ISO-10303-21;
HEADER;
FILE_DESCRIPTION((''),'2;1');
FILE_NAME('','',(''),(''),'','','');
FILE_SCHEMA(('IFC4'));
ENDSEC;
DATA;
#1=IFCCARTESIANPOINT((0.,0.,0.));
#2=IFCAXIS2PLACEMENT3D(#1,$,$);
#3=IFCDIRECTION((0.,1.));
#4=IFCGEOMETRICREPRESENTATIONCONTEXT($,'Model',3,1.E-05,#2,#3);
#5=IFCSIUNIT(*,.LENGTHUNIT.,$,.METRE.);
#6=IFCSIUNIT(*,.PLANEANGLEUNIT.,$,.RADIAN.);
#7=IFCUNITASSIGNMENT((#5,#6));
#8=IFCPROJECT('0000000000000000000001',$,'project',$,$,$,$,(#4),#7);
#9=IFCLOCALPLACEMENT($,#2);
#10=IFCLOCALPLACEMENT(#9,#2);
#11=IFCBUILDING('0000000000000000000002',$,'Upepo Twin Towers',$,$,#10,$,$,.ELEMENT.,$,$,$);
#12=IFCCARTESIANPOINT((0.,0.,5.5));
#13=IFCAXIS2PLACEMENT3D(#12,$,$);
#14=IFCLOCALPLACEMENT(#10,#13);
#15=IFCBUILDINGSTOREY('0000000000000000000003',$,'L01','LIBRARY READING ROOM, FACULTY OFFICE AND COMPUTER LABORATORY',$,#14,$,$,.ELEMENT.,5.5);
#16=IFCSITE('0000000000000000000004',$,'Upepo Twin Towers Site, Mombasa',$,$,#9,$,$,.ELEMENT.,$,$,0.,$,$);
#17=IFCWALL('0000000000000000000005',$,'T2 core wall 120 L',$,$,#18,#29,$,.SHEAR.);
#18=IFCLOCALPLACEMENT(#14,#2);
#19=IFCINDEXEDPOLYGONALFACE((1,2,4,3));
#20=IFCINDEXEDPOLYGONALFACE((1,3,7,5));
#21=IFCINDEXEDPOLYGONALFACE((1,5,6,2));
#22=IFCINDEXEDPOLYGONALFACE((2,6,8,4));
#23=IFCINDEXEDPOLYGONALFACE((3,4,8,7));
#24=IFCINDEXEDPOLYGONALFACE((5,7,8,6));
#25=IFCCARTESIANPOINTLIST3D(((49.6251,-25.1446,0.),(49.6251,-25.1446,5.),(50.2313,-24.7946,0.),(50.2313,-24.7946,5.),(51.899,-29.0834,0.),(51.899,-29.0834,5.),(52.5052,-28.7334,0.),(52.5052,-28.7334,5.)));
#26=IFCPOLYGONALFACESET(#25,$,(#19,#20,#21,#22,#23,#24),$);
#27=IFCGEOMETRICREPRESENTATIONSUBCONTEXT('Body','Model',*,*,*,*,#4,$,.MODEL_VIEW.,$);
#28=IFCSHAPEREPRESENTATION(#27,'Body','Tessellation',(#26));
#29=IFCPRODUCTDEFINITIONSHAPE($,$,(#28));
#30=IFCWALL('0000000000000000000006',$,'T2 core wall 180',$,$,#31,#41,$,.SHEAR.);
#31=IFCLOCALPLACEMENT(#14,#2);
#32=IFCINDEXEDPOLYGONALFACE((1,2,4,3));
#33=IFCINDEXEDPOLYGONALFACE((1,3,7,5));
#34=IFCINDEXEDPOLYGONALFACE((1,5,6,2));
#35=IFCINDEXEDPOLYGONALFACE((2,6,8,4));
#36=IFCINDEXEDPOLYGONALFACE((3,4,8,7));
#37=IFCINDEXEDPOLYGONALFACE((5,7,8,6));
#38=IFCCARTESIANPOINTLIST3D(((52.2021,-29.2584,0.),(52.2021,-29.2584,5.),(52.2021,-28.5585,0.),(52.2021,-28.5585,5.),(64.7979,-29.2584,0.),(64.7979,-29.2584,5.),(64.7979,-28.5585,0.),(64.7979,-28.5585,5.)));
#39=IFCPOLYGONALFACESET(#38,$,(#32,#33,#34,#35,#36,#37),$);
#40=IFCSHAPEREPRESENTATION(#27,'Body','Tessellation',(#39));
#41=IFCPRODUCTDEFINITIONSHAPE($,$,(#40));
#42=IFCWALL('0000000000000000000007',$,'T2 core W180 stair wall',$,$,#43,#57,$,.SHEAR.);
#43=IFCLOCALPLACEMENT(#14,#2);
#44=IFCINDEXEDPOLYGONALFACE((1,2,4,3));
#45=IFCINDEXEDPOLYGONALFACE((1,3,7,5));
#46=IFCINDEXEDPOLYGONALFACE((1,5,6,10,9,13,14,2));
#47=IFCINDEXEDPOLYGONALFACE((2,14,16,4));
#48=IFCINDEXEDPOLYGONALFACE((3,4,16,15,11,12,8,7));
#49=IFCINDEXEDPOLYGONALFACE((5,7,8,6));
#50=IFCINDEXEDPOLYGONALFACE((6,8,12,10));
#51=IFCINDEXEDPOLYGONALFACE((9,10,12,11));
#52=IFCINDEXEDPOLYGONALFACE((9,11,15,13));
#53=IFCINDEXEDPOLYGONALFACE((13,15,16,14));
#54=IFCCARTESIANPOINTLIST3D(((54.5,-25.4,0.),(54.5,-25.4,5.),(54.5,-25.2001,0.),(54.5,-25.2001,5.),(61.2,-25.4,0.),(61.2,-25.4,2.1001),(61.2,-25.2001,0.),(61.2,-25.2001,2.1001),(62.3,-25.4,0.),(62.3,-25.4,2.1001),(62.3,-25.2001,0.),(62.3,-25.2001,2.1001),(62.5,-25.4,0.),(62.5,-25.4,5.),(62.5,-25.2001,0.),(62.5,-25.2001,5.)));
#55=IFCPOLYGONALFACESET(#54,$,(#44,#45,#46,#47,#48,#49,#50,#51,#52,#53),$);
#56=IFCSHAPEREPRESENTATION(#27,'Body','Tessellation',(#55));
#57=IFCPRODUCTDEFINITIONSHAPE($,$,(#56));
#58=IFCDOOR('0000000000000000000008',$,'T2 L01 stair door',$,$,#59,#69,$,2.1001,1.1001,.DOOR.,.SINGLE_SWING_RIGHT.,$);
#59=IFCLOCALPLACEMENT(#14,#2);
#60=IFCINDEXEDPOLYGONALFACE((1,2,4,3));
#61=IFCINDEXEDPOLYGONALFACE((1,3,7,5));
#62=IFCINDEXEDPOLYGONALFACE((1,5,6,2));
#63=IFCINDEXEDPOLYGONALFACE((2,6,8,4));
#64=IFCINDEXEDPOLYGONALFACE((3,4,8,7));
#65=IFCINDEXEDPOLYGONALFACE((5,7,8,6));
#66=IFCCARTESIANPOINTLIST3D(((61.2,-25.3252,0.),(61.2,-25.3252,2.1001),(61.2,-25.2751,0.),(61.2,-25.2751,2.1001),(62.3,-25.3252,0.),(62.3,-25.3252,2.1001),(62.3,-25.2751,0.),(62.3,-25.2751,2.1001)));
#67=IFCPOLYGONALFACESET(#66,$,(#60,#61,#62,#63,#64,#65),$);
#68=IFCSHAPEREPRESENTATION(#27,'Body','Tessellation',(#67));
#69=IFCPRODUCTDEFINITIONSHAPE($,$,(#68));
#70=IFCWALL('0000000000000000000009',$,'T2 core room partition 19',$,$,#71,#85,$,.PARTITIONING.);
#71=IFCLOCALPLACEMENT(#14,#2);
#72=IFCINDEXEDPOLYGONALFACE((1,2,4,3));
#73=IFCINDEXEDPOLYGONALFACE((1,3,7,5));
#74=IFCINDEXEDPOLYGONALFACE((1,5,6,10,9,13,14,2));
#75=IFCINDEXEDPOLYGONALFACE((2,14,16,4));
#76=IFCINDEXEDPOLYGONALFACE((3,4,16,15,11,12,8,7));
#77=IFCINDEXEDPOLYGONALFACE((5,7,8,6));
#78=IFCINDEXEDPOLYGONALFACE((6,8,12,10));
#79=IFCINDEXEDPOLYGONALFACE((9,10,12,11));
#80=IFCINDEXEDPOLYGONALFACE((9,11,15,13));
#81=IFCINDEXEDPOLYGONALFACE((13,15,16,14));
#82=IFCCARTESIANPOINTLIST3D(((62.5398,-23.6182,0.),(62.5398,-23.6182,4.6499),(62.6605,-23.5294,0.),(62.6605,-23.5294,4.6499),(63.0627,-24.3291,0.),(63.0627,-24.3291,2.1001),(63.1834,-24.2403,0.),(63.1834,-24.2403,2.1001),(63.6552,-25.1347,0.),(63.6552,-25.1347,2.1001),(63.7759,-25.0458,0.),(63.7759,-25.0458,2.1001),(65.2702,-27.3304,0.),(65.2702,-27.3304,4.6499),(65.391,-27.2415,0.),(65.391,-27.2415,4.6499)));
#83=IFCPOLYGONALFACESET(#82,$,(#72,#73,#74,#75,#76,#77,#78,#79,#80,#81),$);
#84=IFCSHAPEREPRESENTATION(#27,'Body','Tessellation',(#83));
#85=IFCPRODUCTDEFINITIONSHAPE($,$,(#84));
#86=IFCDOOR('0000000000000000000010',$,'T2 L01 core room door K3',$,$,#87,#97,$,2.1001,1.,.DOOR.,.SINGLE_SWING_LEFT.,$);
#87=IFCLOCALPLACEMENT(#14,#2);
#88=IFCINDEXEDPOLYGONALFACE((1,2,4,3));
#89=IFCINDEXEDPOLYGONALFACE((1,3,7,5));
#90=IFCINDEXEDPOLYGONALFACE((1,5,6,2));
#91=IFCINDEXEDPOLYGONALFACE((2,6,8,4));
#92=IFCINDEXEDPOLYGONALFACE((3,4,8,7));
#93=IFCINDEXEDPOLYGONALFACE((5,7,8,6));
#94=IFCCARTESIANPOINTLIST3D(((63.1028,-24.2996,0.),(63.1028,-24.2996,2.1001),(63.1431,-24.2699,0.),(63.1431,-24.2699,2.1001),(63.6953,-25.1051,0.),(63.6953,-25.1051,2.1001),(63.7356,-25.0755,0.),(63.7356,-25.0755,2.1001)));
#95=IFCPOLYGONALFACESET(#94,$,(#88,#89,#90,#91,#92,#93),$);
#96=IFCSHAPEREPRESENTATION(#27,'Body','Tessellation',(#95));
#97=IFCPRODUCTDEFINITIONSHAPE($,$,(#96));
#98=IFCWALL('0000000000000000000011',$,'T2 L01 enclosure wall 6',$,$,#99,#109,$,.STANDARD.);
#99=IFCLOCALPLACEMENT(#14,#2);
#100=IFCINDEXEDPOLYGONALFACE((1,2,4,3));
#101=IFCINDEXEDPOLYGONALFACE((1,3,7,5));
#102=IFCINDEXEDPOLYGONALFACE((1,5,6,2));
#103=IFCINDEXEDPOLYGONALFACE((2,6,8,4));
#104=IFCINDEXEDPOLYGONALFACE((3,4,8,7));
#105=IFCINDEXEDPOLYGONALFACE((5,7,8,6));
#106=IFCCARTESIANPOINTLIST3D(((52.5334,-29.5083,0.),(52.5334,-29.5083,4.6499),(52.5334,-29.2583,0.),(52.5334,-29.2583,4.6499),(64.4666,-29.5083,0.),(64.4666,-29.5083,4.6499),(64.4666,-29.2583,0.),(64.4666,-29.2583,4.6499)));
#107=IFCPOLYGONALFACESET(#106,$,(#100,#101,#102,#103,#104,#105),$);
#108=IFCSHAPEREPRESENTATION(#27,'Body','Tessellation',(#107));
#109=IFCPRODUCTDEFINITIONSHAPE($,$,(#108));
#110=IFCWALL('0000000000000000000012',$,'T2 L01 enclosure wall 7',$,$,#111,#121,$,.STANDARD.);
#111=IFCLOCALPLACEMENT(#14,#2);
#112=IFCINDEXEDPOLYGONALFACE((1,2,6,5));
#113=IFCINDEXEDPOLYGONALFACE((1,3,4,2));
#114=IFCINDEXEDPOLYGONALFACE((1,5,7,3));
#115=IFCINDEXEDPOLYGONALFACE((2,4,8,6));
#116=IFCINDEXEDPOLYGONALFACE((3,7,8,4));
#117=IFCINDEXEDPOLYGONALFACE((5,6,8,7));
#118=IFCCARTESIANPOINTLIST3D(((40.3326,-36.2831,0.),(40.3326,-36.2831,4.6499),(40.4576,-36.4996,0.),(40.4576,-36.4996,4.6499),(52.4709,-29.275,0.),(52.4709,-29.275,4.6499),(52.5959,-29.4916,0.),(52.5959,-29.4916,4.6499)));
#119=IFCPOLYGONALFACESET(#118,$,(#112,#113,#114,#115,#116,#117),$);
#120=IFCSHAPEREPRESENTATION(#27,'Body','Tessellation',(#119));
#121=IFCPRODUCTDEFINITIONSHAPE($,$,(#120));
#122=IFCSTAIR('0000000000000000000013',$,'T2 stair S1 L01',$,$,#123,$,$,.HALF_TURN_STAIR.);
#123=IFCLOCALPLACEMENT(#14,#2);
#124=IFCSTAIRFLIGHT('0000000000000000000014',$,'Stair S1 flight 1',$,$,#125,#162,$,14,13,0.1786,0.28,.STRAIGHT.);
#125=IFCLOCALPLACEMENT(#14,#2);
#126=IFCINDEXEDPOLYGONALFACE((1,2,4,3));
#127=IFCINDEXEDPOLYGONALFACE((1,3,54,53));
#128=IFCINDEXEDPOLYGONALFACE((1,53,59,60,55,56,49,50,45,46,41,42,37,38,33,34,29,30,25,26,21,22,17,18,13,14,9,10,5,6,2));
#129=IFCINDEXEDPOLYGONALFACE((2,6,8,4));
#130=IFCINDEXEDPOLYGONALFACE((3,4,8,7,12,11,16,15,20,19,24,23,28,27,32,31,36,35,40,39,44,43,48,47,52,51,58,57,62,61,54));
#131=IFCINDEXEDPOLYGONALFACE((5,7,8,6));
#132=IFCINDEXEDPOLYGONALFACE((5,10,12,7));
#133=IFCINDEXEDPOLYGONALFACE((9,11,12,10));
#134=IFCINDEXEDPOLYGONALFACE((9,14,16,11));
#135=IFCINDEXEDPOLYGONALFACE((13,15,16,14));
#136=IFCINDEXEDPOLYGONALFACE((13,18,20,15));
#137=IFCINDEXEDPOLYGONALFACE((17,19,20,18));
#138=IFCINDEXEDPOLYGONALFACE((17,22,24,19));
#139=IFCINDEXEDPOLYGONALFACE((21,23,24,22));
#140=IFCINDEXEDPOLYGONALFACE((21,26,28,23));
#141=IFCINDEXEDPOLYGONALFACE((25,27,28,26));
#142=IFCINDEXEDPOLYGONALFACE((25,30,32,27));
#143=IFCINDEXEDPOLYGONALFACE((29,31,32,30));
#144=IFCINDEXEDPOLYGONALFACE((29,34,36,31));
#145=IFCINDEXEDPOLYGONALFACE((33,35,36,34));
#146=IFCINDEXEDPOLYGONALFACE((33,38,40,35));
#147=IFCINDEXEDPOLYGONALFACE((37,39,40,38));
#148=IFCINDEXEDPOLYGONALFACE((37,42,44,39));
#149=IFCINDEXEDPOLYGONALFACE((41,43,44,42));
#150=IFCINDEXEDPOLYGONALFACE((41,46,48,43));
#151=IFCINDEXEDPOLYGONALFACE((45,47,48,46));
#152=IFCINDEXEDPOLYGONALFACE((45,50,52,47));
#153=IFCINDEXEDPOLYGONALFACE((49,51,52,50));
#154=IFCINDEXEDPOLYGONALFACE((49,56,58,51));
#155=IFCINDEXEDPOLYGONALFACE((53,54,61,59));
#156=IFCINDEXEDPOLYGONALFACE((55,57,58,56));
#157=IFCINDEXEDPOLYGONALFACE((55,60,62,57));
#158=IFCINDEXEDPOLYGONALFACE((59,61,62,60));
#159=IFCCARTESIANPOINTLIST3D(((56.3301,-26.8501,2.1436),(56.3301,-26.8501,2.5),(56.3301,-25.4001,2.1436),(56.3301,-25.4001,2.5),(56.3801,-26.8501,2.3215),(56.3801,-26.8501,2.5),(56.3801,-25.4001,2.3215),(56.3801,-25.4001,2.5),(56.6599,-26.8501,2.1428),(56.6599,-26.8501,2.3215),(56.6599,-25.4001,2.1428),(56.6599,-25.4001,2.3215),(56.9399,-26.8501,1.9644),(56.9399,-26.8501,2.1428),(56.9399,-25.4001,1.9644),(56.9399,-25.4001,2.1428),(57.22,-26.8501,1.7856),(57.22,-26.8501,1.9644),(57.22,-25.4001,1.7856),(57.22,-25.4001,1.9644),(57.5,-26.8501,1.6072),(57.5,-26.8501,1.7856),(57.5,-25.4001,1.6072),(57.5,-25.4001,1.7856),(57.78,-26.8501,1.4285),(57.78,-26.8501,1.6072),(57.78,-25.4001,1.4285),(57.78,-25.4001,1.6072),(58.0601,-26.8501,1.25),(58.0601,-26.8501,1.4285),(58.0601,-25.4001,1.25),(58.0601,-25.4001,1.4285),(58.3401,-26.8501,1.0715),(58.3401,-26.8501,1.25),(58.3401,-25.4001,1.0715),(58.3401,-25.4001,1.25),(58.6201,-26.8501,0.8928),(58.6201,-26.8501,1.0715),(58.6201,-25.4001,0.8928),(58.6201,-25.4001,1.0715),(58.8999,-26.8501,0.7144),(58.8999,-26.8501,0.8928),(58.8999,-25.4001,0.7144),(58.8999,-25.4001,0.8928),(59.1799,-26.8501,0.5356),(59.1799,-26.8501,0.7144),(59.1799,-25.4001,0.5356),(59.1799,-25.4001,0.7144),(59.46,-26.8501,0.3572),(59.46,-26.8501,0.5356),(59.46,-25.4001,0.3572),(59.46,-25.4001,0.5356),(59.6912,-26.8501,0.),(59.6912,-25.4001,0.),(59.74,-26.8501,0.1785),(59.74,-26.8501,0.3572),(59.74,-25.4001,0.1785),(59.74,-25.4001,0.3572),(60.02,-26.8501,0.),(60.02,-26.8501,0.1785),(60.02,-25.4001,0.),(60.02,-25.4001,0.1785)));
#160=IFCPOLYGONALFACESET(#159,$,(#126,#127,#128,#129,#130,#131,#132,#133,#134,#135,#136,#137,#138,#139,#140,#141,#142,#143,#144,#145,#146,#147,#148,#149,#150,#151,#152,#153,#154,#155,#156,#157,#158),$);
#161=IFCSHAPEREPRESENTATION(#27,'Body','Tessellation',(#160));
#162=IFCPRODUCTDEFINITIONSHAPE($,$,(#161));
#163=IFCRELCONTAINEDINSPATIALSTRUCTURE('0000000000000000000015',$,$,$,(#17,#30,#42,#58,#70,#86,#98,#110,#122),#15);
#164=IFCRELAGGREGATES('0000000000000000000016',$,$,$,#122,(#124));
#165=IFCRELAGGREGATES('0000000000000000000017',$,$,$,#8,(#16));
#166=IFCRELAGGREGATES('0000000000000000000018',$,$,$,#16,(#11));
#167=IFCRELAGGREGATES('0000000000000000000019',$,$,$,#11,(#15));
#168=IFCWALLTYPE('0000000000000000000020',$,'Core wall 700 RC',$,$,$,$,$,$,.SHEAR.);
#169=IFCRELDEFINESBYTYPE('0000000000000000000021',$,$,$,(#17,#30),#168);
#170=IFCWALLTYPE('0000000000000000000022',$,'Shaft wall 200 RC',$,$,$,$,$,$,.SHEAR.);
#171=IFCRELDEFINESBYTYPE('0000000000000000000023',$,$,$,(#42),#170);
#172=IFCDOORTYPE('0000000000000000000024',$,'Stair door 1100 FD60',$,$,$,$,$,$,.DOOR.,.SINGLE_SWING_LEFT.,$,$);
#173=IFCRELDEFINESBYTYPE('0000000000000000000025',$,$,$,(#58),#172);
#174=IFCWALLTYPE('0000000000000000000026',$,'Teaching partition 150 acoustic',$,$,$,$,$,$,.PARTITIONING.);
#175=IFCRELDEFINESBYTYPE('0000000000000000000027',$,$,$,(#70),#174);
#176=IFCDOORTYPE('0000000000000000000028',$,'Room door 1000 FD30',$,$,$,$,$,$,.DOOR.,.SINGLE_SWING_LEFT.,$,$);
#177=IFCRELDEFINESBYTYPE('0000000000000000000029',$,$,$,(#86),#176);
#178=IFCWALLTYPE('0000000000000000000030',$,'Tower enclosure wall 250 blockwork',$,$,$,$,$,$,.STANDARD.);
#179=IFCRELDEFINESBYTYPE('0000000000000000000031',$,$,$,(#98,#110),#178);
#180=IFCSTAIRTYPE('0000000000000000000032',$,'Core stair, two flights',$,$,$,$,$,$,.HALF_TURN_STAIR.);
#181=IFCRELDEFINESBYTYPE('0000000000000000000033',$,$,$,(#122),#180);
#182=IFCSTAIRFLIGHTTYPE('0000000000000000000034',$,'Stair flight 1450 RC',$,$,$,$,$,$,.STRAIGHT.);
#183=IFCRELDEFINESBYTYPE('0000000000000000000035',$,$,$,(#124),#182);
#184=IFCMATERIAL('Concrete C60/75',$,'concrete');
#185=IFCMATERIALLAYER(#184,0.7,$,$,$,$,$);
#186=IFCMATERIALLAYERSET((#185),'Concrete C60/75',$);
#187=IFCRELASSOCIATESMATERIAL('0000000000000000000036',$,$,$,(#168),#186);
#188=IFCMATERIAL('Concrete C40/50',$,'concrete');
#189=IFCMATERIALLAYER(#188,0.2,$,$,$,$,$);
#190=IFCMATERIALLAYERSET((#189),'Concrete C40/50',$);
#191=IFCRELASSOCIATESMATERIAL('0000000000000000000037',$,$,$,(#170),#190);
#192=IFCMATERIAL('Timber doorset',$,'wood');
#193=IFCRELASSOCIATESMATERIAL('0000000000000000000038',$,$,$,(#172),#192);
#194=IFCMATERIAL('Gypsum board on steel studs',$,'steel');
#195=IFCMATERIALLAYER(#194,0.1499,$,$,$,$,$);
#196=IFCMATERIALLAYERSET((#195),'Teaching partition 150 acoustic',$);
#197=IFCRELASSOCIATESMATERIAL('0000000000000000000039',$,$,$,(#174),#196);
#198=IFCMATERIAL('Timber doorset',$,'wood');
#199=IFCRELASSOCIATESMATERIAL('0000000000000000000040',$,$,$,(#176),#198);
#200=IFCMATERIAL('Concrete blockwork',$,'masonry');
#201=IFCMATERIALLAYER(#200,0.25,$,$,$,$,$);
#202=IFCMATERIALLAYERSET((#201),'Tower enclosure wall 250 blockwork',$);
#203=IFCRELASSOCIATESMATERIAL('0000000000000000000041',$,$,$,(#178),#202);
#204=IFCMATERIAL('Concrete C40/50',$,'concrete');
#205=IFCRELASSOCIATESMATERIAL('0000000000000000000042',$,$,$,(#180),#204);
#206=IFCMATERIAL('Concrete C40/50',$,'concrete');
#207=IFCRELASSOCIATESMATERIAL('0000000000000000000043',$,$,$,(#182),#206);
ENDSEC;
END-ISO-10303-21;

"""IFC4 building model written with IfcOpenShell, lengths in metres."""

from ifc_helpers import new_model, si_unit, direction, frame, frame_2d, origin, place, context, subcontext, project, spatial, polyline, rectangle, outline, extrude, material, layer, layer_set, type_object, element, fill, aggregate, save


model = new_model("IFC4")

# Units and contexts
model_context = context("Model", 3, precision=1e-05, world=origin(), true_north=direction((0.0, 1.0)))
body_context = subcontext(model_context, "Body", "Model", "MODEL_VIEW")
ifc_project = project(units=[si_unit("LENGTHUNIT", "METRE"), si_unit("PLANEANGLEUNIT", "RADIAN")], contexts=[model_context])

# Site, building, storey
site_placement = place(None, origin())
site = spatial("IfcSite", under=ifc_project, at=site_placement, Name="Upepo Twin Towers Site, Mombasa", CompositionType="ELEMENT", RefElevation=0.0)
building_placement = place(site_placement, origin())
building = spatial("IfcBuilding", under=site, at=building_placement, Name="Upepo Twin Towers", CompositionType="ELEMENT")
storey_placement = place(building_placement, frame((0.0, 0.0, 5.5)))
storey = spatial("IfcBuildingStorey", under=building, at=storey_placement, Name="L01", Description="LIBRARY READING ROOM, FACULTY OFFICE AND COMPUTER LABORATORY", CompositionType="ELEMENT", Elevation=5.5)

# Walls
ifc_material_1 = material(Name="Concrete C60/75", Category="concrete")
ifc_layer_1 = layer(ifc_material_1, 0.7)
ifc_layer_set_1 = layer_set([ifc_layer_1], Name="Concrete C60/75")
wall_type_1 = type_object("IfcWallType", Name="Core wall 700 RC", PredefinedType="SHEAR", material=ifc_layer_set_1)
wall_1_placement = place(storey_placement, frame((49.9282, -24.9697, 0.0), z_axis=(0.0, 0.0, 1.0), x_axis=(0.499984, -0.866035, 0.0)))
element("IfcWall", 1, at=wall_1_placement, inside=storey, type_object=wall_type_1, Name="T2 core wall 120 L", PredefinedType="SHEAR", context=body_context, shape_type="SweptSolid", body=[
    extrude(rectangle(XDim=4.5481, YDim=0.7, at=frame_2d((2.2739, 0.0))), origin(), (0.0, 0.0, 1.0), 5.0),
])
wall_2_placement = place(storey_placement, frame((52.2021, -28.9084, 0.0), z_axis=(0.0, 0.0, 1.0), x_axis=(1.0, 0.0, 0.0)))
element("IfcWall", 2, at=wall_2_placement, inside=storey, type_object=wall_type_1, Name="T2 core wall 180", PredefinedType="SHEAR", context=body_context, shape_type="SweptSolid", body=[
    extrude(rectangle(XDim=12.5957, YDim=0.7, at=frame_2d((6.2979, 0.0))), origin(), (0.0, 0.0, 1.0), 5.0),
])

# Walls, openings, doors
ifc_material_2 = material(Name="Concrete C40/50", Category="concrete")
ifc_layer_2 = layer(ifc_material_2, 0.2)
ifc_layer_set_2 = layer_set([ifc_layer_2], Name="Concrete C40/50")
wall_type_2 = type_object("IfcWallType", Name="Shaft wall 200 RC", PredefinedType="SHEAR", material=ifc_layer_set_2)
wall_3_placement = place(storey_placement, frame((54.5, -25.3, 0.0), z_axis=(0.0, 0.0, 1.0), x_axis=(1.0, 0.0, 0.0)))
wall_3 = element("IfcWall", 3, at=wall_3_placement, inside=storey, type_object=wall_type_2, Name="T2 core W180 stair wall", PredefinedType="SHEAR", context=body_context, shape_type="SweptSolid", body=[
    extrude(rectangle(XDim=8.0, YDim=0.2, at=frame_2d((4.0, 0.0))), origin(), (0.0, 0.0, 1.0), 5.0),
])
opening_1_placement = place(wall_3_placement, frame((6.7, 0.0, 0.0)))
opening_1 = element("IfcOpeningElement", 4, at=opening_1_placement, cuts=wall_3, PredefinedType="OPENING", context=body_context, shape_type="SweptSolid", body=[
    extrude(rectangle(XDim=1.1001, YDim=2.1001, at=frame_2d((0.55, 1.05))), frame((0.0, 0.1099, 0.0), z_axis=(0.0, -1.0, 0.0), x_axis=(1.0, 0.0, 0.0)), (0.0, 0.0, 1.0), 0.22),
])
ifc_material_3 = material(Name="Timber doorset", Category="wood")
door_type_1 = type_object("IfcDoorType", Name="Stair door 1100 FD60", OperationType="SINGLE_SWING_LEFT", PredefinedType="DOOR", material=ifc_material_3)
door_1_placement = place(opening_1_placement, origin())
door_1 = element("IfcDoor", 5, at=door_1_placement, inside=storey, type_object=door_type_1, Name="T2 L01 stair door", OperationType="SINGLE_SWING_RIGHT", OverallHeight=2.1001, OverallWidth=1.1001, PredefinedType="DOOR", context=body_context, shape_type="SweptSolid", body=[
    extrude(rectangle(XDim=1.1001, YDim=2.1001, at=frame_2d((0.55, 1.05))), frame((0.0, 0.0249, 0.0), z_axis=(0.0, -1.0, 0.0), x_axis=(1.0, 0.0, 0.0)), (0.0, 0.0, 1.0), 0.05),
])
fill(opening_1, door_1)
ifc_material_4 = material(Name="Gypsum board on steel studs", Category="steel")
ifc_layer_3 = layer(ifc_material_4, 0.1499)
ifc_layer_set_3 = layer_set([ifc_layer_3], Name="Teaching partition 150 acoustic")
wall_type_3 = type_object("IfcWallType", Name="Teaching partition 150 acoustic", PredefinedType="PARTITIONING", material=ifc_layer_set_3)
wall_4_placement = place(storey_placement, frame((62.6001, -23.5737, 0.0), z_axis=(0.0, 0.0, 1.0), x_axis=(0.592523, -0.805554, 0.0)))
wall_4 = element("IfcWall", 6, at=wall_4_placement, inside=storey, type_object=wall_type_3, Name="T2 core room partition 19", PredefinedType="PARTITIONING", context=body_context, shape_type="SweptSolid", body=[
    extrude(rectangle(XDim=4.6082, YDim=0.1499, at=frame_2d((2.3042, 0.0))), origin(), (0.0, 0.0, 1.0), 4.6499),
])
opening_2_placement = place(wall_4_placement, frame((0.8826, 0.0, 0.0)))
opening_2 = element("IfcOpeningElement", 7, at=opening_2_placement, cuts=wall_4, PredefinedType="OPENING", context=body_context, shape_type="SweptSolid", body=[
    extrude(rectangle(XDim=1.0, YDim=2.1001, at=frame_2d((0.5, 1.05))), frame((0.0, 0.085, 0.0), z_axis=(0.0, -1.0, 0.0), x_axis=(1.0, 0.0, 0.0)), (0.0, 0.0, 1.0), 0.1699),
])
ifc_material_5 = material(Name="Timber doorset", Category="wood")
door_type_2 = type_object("IfcDoorType", Name="Room door 1000 FD30", OperationType="SINGLE_SWING_LEFT", PredefinedType="DOOR", material=ifc_material_5)
door_2_placement = place(opening_2_placement, origin())
door_2 = element("IfcDoor", 8, at=door_2_placement, inside=storey, type_object=door_type_2, Name="T2 L01 core room door K3", OperationType="SINGLE_SWING_LEFT", OverallHeight=2.1001, OverallWidth=1.0, PredefinedType="DOOR", context=body_context, shape_type="SweptSolid", body=[
    extrude(rectangle(XDim=1.0, YDim=2.1001, at=frame_2d((0.5, 1.05))), frame((0.0, 0.0249, 0.0), z_axis=(0.0, -1.0, 0.0), x_axis=(1.0, 0.0, 0.0)), (0.0, 0.0, 1.0), 0.05),
])
fill(opening_2, door_2)

# Walls
ifc_material_6 = material(Name="Concrete blockwork", Category="masonry")
ifc_layer_4 = layer(ifc_material_6, 0.25)
ifc_layer_set_4 = layer_set([ifc_layer_4], Name="Tower enclosure wall 250 blockwork")
wall_type_4 = type_object("IfcWallType", Name="Tower enclosure wall 250 blockwork", PredefinedType="STANDARD", material=ifc_layer_set_4)
wall_5_placement = place(storey_placement, frame((64.4666, -29.3833, 0.0), z_axis=(0.0, 0.0, 1.0), x_axis=(-1.0, 0.0, 0.0)))
element("IfcWall", 9, at=wall_5_placement, inside=storey, type_object=wall_type_4, Name="T2 L01 enclosure wall 6", PredefinedType="STANDARD", context=body_context, shape_type="SweptSolid", body=[
    extrude(rectangle(XDim=11.9331, YDim=0.25, at=frame_2d((5.9666, 0.0))), origin(), (0.0, 0.0, 1.0), 4.6499),
])
wall_6_placement = place(storey_placement, frame((52.5334, -29.3833, 0.0), z_axis=(0.0, 0.0, 1.0), x_axis=(-0.866028, -0.499996, 0.0)))
element("IfcWall", 10, at=wall_6_placement, inside=storey, type_object=wall_type_4, Name="T2 L01 enclosure wall 7", PredefinedType="STANDARD", context=body_context, shape_type="SweptSolid", body=[
    extrude(rectangle(XDim=14.0161, YDim=0.25, at=frame_2d((7.0081, 0.0))), origin(), (0.0, 0.0, 1.0), 4.6499),
])

# Stair, stair flight
ifc_material_7 = material(Name="Concrete C40/50", Category="concrete")
stair_type = type_object("IfcStairType", Name="Core stair, two flights", PredefinedType="HALF_TURN_STAIR", material=ifc_material_7)
stair_placement = place(storey_placement, origin())
stair = element("IfcStair", 11, at=stair_placement, inside=storey, type_object=stair_type, Name="T2 stair S1 L01", PredefinedType="HALF_TURN_STAIR")
ifc_material_8 = material(Name="Concrete C40/50", Category="concrete")
stair_flight_type = type_object("IfcStairFlightType", Name="Stair flight 1450 RC", PredefinedType="STRAIGHT", material=ifc_material_8)
stair_flight_1_placement = place(storey_placement, frame((60.02, -26.125, 0.0), z_axis=(0.0, 0.0, 1.0), x_axis=(-1.0, 0.0, 0.0)))
stair_flight_1 = element("IfcStairFlight", 12, at=stair_flight_1_placement, type_object=stair_flight_type, Name="Stair S1 flight 1", NumberOfRisers=14, NumberOfTreads=13, PredefinedType="STRAIGHT", RiserHeight=0.1786, TreadLength=0.28, context=body_context, shape_type="SweptSolid", body=[
    extrude(outline(polyline([(0.0, 0.0), (0.0, 0.1785), (0.28, 0.1785), (0.28, 0.3572), (0.5601, 0.3572), (0.5601, 0.5356), (0.8401, 0.5356), (0.8401, 0.7144), (1.1201, 0.7144), (1.1201, 0.8928), (1.3999, 0.8928), (1.3999, 1.0715), (1.6799, 1.0715), (1.6799, 1.25), (1.96, 1.25), (1.96, 1.4285), (2.24, 1.4285), (2.24, 1.6072), (2.52, 1.6072), (2.52, 1.7856), (2.8, 1.7856), (2.8, 1.9644), (3.0801, 1.9644), (3.0801, 2.1428), (3.3601, 2.1428), (3.3601, 2.3215), (3.6399, 2.3215), (3.6399, 2.5), (3.6899, 2.5), (3.6899, 2.1436), (0.3289, 0.0), (0.0, 0.0)])), frame((0.0, 0.7251, 0.0), z_axis=(0.0, -1.0, 0.0), x_axis=(1.0, 0.0, 0.0)), (0.0, 0.0, 1.0), 1.45),
])
aggregate(stair, [stair_flight_1])

save(model, "model.ifc")
